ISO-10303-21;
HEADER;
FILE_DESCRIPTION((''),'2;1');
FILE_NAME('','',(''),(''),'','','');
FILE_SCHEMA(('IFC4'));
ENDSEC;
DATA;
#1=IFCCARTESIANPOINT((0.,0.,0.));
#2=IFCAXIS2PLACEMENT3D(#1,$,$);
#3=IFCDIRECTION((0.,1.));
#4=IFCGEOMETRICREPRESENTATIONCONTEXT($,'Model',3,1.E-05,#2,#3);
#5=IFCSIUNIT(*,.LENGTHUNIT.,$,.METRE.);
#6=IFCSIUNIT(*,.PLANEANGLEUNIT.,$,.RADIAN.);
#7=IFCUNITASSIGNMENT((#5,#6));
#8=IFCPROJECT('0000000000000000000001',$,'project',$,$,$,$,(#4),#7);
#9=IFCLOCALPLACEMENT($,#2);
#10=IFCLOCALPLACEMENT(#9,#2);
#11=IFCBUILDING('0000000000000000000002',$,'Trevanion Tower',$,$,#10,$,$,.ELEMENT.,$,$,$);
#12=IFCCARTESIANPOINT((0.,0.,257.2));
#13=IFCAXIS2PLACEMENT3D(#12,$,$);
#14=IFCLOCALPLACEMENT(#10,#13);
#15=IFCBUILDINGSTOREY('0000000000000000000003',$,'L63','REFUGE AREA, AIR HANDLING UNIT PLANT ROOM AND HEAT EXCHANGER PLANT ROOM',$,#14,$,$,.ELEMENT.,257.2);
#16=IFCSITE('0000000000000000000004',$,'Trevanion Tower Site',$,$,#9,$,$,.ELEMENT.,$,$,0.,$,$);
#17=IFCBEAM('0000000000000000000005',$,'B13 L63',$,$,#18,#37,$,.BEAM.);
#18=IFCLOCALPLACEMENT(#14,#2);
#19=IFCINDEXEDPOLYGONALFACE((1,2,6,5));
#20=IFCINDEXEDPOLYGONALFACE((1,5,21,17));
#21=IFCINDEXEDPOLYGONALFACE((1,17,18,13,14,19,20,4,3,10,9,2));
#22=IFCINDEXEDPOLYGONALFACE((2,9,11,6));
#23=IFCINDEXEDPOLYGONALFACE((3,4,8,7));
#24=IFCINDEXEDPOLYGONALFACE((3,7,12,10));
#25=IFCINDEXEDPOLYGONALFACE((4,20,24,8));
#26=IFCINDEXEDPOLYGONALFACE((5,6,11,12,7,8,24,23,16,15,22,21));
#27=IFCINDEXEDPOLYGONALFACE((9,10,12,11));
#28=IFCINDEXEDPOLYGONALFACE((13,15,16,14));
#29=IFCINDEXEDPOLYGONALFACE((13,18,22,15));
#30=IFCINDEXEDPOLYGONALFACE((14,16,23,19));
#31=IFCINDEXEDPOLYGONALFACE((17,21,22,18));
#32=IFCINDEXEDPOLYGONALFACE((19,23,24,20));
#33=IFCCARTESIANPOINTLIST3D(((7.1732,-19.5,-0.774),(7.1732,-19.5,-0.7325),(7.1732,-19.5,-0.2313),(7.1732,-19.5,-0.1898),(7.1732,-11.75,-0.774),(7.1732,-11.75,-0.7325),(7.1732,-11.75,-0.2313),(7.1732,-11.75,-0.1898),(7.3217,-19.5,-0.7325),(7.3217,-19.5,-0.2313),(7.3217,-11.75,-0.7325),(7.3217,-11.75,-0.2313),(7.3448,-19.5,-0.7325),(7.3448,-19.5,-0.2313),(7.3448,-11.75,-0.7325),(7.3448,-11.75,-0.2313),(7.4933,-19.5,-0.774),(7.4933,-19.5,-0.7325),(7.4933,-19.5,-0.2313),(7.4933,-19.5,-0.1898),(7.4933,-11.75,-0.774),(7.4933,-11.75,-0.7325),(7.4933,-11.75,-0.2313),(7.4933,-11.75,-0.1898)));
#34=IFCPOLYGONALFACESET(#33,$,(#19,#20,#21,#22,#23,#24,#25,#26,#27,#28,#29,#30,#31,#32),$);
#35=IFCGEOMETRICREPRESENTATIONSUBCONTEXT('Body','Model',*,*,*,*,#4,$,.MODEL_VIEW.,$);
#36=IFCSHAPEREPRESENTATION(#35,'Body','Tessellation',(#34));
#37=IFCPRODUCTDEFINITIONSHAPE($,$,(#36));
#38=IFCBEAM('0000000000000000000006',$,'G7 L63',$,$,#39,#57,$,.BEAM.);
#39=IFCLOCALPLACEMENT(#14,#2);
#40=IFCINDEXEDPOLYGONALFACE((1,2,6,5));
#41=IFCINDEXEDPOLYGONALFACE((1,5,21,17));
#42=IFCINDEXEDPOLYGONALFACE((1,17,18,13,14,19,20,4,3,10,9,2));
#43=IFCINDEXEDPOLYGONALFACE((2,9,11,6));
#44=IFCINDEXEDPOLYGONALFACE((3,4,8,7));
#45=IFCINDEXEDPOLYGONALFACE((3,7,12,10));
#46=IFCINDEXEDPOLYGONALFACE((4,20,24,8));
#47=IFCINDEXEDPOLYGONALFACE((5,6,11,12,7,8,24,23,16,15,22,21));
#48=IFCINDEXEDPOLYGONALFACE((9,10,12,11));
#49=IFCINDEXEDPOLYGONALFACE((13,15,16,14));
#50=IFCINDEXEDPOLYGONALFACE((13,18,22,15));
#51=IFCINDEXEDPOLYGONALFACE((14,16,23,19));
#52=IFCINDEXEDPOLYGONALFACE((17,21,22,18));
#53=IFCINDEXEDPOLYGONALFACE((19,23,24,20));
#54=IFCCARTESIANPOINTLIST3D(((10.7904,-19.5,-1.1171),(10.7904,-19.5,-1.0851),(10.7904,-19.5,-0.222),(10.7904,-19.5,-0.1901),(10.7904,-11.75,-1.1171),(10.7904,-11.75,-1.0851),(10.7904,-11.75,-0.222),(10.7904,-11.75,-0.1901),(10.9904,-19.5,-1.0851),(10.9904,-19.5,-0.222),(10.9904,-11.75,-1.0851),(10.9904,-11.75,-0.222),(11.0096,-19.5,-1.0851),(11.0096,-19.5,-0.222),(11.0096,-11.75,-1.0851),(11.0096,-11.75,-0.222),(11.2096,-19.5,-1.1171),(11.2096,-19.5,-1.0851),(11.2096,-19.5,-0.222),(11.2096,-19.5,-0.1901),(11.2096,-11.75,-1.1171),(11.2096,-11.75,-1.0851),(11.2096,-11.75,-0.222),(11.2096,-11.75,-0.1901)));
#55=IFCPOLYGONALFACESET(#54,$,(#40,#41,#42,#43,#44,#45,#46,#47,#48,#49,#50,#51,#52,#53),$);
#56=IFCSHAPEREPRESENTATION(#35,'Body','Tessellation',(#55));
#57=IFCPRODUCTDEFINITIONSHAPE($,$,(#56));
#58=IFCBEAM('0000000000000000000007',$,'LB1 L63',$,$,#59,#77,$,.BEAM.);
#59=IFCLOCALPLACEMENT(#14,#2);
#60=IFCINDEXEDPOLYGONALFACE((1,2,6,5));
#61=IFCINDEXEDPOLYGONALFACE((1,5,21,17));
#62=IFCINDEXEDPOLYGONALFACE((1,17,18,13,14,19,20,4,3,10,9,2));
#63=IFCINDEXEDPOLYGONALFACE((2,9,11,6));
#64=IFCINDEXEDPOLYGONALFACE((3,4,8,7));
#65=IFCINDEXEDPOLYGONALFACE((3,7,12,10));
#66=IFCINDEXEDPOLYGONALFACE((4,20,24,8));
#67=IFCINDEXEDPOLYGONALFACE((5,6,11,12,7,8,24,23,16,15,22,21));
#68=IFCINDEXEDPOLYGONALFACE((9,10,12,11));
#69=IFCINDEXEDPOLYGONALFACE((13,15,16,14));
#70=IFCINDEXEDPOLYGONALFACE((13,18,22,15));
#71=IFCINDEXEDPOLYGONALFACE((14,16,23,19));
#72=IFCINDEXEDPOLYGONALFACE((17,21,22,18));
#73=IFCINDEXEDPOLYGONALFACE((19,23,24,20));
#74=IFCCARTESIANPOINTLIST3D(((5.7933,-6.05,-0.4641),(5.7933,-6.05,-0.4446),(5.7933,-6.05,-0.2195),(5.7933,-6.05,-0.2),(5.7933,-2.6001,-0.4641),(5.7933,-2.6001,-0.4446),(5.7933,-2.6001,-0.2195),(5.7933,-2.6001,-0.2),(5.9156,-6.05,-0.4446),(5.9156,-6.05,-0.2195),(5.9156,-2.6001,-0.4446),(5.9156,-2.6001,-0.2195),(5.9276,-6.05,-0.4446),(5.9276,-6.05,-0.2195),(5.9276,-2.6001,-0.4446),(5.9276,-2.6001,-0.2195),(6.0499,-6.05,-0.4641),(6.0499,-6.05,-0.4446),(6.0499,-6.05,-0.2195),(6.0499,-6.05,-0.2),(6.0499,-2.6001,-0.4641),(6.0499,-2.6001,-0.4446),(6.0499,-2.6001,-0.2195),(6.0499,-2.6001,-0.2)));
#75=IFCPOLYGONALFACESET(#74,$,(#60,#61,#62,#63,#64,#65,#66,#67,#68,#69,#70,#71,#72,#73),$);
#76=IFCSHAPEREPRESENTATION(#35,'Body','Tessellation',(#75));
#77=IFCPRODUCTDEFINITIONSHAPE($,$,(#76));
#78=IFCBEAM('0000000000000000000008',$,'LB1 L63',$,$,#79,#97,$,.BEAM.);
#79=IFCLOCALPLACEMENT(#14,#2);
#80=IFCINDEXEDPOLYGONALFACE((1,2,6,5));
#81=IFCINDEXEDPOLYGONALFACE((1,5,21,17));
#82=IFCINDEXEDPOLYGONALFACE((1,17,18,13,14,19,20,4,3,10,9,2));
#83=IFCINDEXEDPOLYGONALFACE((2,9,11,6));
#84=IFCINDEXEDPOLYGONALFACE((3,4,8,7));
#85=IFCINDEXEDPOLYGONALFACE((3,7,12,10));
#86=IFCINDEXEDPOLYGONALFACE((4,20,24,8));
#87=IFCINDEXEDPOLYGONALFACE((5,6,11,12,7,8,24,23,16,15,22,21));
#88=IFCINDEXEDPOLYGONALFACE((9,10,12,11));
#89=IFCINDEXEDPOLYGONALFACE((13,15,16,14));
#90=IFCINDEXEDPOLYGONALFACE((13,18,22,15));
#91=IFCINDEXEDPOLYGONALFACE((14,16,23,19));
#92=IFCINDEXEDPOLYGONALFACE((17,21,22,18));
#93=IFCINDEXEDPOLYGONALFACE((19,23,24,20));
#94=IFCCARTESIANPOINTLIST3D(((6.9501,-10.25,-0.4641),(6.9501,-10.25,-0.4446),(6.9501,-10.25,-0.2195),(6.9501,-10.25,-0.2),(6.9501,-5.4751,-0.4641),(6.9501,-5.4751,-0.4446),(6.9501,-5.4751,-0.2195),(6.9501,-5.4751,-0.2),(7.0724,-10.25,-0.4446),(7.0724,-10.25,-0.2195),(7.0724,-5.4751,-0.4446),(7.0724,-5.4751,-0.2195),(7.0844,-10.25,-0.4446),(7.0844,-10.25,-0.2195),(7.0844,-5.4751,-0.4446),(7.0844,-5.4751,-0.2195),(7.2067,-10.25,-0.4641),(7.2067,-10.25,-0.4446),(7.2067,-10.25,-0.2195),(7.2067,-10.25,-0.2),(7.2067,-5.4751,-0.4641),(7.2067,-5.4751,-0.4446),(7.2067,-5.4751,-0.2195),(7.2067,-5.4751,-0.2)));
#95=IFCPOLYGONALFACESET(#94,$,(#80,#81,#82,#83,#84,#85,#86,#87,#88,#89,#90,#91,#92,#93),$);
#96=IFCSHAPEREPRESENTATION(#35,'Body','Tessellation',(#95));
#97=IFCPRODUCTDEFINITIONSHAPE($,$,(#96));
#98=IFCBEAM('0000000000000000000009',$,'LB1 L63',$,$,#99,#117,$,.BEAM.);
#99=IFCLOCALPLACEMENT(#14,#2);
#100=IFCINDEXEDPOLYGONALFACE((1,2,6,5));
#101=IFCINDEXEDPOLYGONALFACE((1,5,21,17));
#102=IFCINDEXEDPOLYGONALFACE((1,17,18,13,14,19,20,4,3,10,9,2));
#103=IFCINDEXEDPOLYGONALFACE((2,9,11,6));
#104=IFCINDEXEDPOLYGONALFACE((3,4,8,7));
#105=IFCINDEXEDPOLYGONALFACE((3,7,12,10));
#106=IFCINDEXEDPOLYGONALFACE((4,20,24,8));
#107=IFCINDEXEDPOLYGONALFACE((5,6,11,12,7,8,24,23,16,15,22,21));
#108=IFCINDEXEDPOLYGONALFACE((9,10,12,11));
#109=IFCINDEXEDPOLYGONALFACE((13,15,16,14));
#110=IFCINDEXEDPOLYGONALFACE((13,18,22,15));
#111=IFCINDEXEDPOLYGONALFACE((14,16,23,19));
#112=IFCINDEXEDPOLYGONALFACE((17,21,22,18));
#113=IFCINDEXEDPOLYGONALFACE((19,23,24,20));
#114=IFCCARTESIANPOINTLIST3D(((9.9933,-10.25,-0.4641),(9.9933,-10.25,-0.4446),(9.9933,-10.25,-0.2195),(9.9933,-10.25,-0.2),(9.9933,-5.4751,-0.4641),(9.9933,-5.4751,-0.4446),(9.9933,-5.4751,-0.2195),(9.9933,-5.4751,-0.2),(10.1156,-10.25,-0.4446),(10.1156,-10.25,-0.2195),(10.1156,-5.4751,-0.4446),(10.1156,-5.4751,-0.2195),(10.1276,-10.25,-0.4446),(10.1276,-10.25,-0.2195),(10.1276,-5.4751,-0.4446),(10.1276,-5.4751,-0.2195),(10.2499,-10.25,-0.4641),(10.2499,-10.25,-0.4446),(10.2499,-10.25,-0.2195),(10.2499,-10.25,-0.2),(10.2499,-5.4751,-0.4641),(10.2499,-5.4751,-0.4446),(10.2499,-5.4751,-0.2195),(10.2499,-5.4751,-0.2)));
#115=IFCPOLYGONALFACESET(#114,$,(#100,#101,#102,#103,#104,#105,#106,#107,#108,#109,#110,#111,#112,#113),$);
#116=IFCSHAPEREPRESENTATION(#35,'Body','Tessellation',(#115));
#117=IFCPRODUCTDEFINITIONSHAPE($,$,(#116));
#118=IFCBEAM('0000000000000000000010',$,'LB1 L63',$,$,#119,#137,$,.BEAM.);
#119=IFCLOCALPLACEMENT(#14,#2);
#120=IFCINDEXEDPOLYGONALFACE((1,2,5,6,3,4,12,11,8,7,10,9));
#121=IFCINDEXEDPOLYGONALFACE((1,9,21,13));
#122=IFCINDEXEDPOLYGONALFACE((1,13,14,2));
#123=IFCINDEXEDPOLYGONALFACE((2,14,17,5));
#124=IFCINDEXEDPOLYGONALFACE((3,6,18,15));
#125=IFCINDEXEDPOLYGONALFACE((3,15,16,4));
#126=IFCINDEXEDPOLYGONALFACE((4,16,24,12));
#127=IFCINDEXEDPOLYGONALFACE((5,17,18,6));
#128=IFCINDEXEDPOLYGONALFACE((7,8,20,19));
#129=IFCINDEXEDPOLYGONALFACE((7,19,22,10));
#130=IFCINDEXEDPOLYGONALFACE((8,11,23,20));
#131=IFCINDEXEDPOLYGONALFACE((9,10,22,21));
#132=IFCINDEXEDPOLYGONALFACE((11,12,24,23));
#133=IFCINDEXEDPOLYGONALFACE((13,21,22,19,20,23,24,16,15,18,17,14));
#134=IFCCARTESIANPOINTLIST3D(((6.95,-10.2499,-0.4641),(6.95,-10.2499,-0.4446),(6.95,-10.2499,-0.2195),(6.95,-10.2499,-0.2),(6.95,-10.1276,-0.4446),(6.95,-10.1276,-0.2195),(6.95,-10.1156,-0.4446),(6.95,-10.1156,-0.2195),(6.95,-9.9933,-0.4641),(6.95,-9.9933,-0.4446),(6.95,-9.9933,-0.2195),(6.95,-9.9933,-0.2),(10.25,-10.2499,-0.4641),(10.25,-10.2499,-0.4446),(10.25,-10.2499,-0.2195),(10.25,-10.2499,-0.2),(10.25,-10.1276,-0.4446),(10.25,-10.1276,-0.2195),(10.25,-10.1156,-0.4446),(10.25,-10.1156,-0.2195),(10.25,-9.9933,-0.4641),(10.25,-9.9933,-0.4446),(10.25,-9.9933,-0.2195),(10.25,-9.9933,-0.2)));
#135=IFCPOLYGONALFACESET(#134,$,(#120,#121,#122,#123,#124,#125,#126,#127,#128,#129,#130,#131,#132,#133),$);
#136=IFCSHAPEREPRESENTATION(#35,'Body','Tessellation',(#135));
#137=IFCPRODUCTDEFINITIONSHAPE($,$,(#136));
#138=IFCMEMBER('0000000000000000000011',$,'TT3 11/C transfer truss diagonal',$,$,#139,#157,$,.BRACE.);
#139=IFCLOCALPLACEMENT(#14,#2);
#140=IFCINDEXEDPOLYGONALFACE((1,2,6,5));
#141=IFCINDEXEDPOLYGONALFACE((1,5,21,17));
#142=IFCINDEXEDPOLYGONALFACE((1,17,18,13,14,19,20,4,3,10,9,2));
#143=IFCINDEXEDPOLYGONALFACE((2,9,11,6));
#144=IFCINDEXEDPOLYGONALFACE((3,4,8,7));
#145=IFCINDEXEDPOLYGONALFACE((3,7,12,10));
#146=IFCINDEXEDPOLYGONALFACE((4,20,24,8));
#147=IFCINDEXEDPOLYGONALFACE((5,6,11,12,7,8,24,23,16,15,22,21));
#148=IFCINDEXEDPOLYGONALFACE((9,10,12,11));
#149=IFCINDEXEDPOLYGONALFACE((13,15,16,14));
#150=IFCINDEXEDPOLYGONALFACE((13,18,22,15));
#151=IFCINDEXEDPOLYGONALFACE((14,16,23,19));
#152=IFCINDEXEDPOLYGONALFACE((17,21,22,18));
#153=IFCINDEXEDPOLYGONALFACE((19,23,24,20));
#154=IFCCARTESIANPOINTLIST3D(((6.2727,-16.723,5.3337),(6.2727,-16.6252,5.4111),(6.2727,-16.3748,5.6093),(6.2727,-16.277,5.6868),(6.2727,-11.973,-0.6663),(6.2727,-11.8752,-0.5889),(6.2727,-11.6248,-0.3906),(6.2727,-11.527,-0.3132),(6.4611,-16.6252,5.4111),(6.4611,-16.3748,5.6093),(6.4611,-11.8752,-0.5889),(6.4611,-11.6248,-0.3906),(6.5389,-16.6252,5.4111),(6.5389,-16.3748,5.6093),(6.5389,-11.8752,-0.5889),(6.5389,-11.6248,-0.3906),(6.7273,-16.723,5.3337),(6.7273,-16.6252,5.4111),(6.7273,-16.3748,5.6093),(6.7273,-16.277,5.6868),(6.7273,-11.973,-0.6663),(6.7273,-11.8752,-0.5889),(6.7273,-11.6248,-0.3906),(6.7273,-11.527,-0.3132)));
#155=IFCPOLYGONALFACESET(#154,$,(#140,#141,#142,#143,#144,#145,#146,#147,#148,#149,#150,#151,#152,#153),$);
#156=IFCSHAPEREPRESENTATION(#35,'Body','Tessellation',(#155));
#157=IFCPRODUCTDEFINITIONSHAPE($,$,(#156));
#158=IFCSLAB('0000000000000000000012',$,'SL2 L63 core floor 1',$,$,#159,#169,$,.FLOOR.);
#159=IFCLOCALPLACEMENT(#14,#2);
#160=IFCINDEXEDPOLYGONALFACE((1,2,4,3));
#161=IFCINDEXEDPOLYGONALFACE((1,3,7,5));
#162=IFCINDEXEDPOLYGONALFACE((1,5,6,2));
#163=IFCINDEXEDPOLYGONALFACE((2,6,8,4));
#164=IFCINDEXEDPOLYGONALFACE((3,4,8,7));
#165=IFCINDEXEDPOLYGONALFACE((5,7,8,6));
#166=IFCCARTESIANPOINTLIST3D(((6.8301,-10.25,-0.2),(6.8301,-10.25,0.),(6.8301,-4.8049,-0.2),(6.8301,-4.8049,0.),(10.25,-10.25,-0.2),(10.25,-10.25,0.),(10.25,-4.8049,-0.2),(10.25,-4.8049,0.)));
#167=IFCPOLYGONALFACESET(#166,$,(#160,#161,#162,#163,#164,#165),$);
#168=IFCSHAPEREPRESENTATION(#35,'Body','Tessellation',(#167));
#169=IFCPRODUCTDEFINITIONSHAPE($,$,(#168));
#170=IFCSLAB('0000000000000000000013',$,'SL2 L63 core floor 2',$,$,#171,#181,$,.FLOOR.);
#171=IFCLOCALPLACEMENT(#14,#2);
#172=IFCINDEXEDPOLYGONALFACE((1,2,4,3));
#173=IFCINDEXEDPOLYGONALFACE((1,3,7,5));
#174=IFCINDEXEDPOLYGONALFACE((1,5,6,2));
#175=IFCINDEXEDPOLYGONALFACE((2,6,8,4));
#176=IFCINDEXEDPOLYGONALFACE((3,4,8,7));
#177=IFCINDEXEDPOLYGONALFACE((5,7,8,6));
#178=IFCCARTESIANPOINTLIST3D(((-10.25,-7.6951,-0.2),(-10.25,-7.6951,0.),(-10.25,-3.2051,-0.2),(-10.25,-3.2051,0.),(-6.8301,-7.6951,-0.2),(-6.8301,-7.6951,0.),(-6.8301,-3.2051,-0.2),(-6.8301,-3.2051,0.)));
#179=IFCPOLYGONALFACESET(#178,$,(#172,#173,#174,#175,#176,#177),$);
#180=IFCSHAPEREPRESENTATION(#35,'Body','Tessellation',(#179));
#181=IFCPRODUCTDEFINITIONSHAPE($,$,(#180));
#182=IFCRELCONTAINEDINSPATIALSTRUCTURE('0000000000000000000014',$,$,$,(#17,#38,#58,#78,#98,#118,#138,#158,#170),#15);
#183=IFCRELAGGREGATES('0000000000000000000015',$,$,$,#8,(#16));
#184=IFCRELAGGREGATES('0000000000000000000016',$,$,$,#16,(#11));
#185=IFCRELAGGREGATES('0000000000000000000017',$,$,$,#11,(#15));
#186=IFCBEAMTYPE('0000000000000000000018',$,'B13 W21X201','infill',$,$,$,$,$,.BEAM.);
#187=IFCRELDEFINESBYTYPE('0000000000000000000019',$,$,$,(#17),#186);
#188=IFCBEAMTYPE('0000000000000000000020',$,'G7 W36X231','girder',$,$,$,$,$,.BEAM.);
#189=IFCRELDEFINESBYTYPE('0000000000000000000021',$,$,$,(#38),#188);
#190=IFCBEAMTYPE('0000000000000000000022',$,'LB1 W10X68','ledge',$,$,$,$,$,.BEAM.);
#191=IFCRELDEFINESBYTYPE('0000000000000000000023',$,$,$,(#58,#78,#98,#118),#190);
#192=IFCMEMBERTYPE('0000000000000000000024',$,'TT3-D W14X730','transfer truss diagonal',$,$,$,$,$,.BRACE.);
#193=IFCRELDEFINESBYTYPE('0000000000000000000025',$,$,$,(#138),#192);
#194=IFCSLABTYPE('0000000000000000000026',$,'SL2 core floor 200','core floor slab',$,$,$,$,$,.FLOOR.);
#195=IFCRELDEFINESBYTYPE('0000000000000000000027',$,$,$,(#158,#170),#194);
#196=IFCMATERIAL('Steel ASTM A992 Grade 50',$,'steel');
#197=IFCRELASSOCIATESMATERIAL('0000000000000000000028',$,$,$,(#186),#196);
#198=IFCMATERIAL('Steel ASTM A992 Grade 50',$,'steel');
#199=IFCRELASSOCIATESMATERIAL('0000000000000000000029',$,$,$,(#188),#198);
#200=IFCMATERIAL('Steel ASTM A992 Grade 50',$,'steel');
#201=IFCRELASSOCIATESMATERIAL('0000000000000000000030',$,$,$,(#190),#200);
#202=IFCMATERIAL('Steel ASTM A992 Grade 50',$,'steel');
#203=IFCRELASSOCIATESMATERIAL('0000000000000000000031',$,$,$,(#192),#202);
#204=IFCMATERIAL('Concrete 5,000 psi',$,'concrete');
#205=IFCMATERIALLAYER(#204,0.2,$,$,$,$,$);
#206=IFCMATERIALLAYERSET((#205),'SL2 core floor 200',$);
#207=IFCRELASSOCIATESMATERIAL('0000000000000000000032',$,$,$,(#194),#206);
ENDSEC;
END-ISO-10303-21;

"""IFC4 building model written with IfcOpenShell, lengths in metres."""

from ifc_helpers import new_model, si_unit, direction, frame, origin, origin_2d, place, context, subcontext, project, spatial, polyline, i_section, outline, extrude, material, layer, layer_set, material_profile, profile_set, type_object, element, save


model = new_model("IFC4")

# Units and contexts
model_context = context("Model", 3, precision=1e-05, world=origin(), true_north=direction((0.0, 1.0)))
body_context = subcontext(model_context, "Body", "Model", "MODEL_VIEW")
ifc_project = project(units=[si_unit("LENGTHUNIT", "METRE"), si_unit("PLANEANGLEUNIT", "RADIAN")], contexts=[model_context])

# Site, building, storey
site_placement = place(None, origin())
site = spatial("IfcSite", under=ifc_project, at=site_placement, Name="Trevanion Tower Site", CompositionType="ELEMENT", RefElevation=0.0)
building_placement = place(site_placement, origin())
building = spatial("IfcBuilding", under=site, at=building_placement, Name="Trevanion Tower", CompositionType="ELEMENT")
storey_placement = place(building_placement, frame((0.0, 0.0, 257.2)))
storey = spatial("IfcBuildingStorey", under=building, at=storey_placement, Name="L63", Description="REFUGE AREA, AIR HANDLING UNIT PLANT ROOM AND HEAT EXCHANGER PLANT ROOM", CompositionType="ELEMENT", Elevation=257.2)

# Beams
ifc_material_1 = material(Name="Steel ASTM A992 Grade 50", Category="steel")
ifc_material_profile_1 = material_profile(ifc_material_1, i_section(OverallWidth=0.3201, OverallDepth=0.5842, WebThickness=0.0232, FlangeThickness=0.0415, at=origin_2d()), Name="W21X201")
ifc_profile_set_1 = profile_set([ifc_material_profile_1], Name="Steel ASTM A992 Grade 50")
beam_type_1 = type_object("IfcBeamType", Name="B13 W21X201", Description="infill", PredefinedType="BEAM", material=ifc_profile_set_1)
beam_1_placement = place(storey_placement, frame((7.3333, -11.75, -0.4819), z_axis=(0.0, -1.0, 0.0), x_axis=(1.0, 0.0, 0.0)))
element("IfcBeam", 1, at=beam_1_placement, inside=storey, type_object=beam_type_1, Name="B13 L63", PredefinedType="BEAM", context=body_context, shape_type="SweptSolid", body=[
    extrude(i_section(OverallWidth=0.3201, OverallDepth=0.5842, WebThickness=0.0232, FlangeThickness=0.0415, at=origin_2d()), origin(), (0.0, 0.0, 1.0), 7.75),
])
ifc_material_2 = material(Name="Steel ASTM A992 Grade 50", Category="steel")
ifc_material_profile_2 = material_profile(ifc_material_2, i_section(OverallWidth=0.4192, OverallDepth=0.927, WebThickness=0.0193, FlangeThickness=0.032, at=origin_2d()), Name="W36X231")
ifc_profile_set_2 = profile_set([ifc_material_profile_2], Name="Steel ASTM A992 Grade 50")
beam_type_2 = type_object("IfcBeamType", Name="G7 W36X231", Description="girder", PredefinedType="BEAM", material=ifc_profile_set_2)
beam_2_placement = place(storey_placement, frame((11.0, -11.75, -0.6536), z_axis=(0.0, -1.0, 0.0), x_axis=(1.0, 0.0, 0.0)))
element("IfcBeam", 2, at=beam_2_placement, inside=storey, type_object=beam_type_2, Name="G7 L63", PredefinedType="BEAM", context=body_context, shape_type="SweptSolid", body=[
    extrude(i_section(OverallWidth=0.4192, OverallDepth=0.927, WebThickness=0.0193, FlangeThickness=0.032, at=origin_2d()), origin(), (0.0, 0.0, 1.0), 7.75),
])
ifc_material_3 = material(Name="Steel ASTM A992 Grade 50", Category="steel")
ifc_material_profile_3 = material_profile(ifc_material_3, i_section(OverallWidth=0.2566, OverallDepth=0.2642, WebThickness=0.012, FlangeThickness=0.0195, at=origin_2d()), Name="W10X68")
ifc_profile_set_3 = profile_set([ifc_material_profile_3], Name="Steel ASTM A992 Grade 50")
beam_type_3 = type_object("IfcBeamType", Name="LB1 W10X68", Description="ledge", PredefinedType="BEAM", material=ifc_profile_set_3)
beam_3_placement = place(storey_placement, frame((5.9216, -6.05, -0.332), z_axis=(0.0, 1.0, 0.0), x_axis=(-1.0, 0.0, 0.0)))
element("IfcBeam", 3, at=beam_3_placement, inside=storey, type_object=beam_type_3, Name="LB1 L63", PredefinedType="BEAM", context=body_context, shape_type="SweptSolid", body=[
    extrude(i_section(OverallWidth=0.2566, OverallDepth=0.2642, WebThickness=0.012, FlangeThickness=0.0195, at=origin_2d()), origin(), (0.0, 0.0, 1.0), 3.45),
])
for number, where, z_axis, x_axis, name in (
    (4, (7.0784, -10.25, -0.332), (0.0, 1.0, 0.0), (-1.0, 0.0, 0.0), "LB1 L63"),
    (5, (10.1216, -10.25, -0.332), (0.0, 1.0, 0.0), (-1.0, 0.0, 0.0), "LB1 L63"),
):
    element("IfcBeam", number, at=place(storey_placement, frame(where, z_axis=z_axis, x_axis=x_axis)), inside=storey, type_object=beam_type_3, Name=name, PredefinedType="BEAM", context=body_context, shape_type="SweptSolid", body=[
        extrude(i_section(OverallWidth=0.2566, OverallDepth=0.2642, WebThickness=0.012, FlangeThickness=0.0195, at=origin_2d()), origin(), (0.0, 0.0, 1.0), 4.7749),
    ])
beam_4_placement = place(storey_placement, frame((6.95, -10.1216, -0.332), z_axis=(1.0, 0.0, 0.0), x_axis=(0.0, 1.0, 0.0)))
element("IfcBeam", 6, at=beam_4_placement, inside=storey, type_object=beam_type_3, Name="LB1 L63", PredefinedType="BEAM", context=body_context, shape_type="SweptSolid", body=[
    extrude(i_section(OverallWidth=0.2566, OverallDepth=0.2642, WebThickness=0.012, FlangeThickness=0.0195, at=origin_2d()), origin(), (0.0, 0.0, 1.0), 3.3),
])

# Member
ifc_material_4 = material(Name="Steel ASTM A992 Grade 50", Category="steel")
ifc_material_profile_4 = material_profile(ifc_material_4, i_section(OverallWidth=0.4546, OverallDepth=0.5688, WebThickness=0.0779, FlangeThickness=0.1248, at=origin_2d()), Name="W14X730")
ifc_profile_set_4 = profile_set([ifc_material_profile_4], Name="Steel ASTM A992 Grade 50")
member_type = type_object("IfcMemberType", Name="TT3-D W14X730", Description="transfer truss diagonal", PredefinedType="BRACE", material=ifc_profile_set_4)
member_placement = place(storey_placement, frame((6.5, -11.75, -0.4897), z_axis=(0.0, -0.620703, 0.784046), x_axis=(1.0, 0.0, 0.0)))
element("IfcMember", 7, at=member_placement, inside=storey, type_object=member_type, Name="TT3 11/C transfer truss diagonal", PredefinedType="BRACE", context=body_context, shape_type="SweptSolid", body=[
    extrude(i_section(OverallWidth=0.4546, OverallDepth=0.5688, WebThickness=0.0779, FlangeThickness=0.1248, at=origin_2d()), origin(), (0.0, 0.0, 1.0), 7.6526),
])

# Slabs
ifc_material_5 = material(Name="Concrete 5,000 psi", Category="concrete")
ifc_layer_1 = layer(ifc_material_5, 0.2)
ifc_layer_set_1 = layer_set([ifc_layer_1], Name="SL2 core floor 200")
slab_type = type_object("IfcSlabType", Name="SL2 core floor 200", Description="core floor slab", PredefinedType="FLOOR", material=ifc_layer_set_1)
slab_1_placement = place(storey_placement, frame((0.0, 0.0, -0.2)))
element("IfcSlab", 8, at=slab_1_placement, inside=storey, type_object=slab_type, Name="SL2 L63 core floor 1", PredefinedType="FLOOR", context=body_context, shape_type="SweptSolid", body=[
    extrude(outline(polyline([(10.25, -4.8049), (10.25, -10.25), (6.8301, -10.25), (6.8301, -4.8049), (10.25, -4.8049)])), origin(), (0.0, 0.0, 1.0), 0.2),
])
slab_2_placement = place(storey_placement, frame((0.0, 0.0, -0.2)))
element("IfcSlab", 9, at=slab_2_placement, inside=storey, type_object=slab_type, Name="SL2 L63 core floor 2", PredefinedType="FLOOR", context=body_context, shape_type="SweptSolid", body=[
    extrude(outline(polyline([(-6.8301, -3.2051), (-6.8301, -7.6951), (-10.25, -7.6951), (-10.25, -3.2051), (-6.8301, -3.2051)])), origin(), (0.0, 0.0, 1.0), 0.2),
])

save(model, "model.ifc")
